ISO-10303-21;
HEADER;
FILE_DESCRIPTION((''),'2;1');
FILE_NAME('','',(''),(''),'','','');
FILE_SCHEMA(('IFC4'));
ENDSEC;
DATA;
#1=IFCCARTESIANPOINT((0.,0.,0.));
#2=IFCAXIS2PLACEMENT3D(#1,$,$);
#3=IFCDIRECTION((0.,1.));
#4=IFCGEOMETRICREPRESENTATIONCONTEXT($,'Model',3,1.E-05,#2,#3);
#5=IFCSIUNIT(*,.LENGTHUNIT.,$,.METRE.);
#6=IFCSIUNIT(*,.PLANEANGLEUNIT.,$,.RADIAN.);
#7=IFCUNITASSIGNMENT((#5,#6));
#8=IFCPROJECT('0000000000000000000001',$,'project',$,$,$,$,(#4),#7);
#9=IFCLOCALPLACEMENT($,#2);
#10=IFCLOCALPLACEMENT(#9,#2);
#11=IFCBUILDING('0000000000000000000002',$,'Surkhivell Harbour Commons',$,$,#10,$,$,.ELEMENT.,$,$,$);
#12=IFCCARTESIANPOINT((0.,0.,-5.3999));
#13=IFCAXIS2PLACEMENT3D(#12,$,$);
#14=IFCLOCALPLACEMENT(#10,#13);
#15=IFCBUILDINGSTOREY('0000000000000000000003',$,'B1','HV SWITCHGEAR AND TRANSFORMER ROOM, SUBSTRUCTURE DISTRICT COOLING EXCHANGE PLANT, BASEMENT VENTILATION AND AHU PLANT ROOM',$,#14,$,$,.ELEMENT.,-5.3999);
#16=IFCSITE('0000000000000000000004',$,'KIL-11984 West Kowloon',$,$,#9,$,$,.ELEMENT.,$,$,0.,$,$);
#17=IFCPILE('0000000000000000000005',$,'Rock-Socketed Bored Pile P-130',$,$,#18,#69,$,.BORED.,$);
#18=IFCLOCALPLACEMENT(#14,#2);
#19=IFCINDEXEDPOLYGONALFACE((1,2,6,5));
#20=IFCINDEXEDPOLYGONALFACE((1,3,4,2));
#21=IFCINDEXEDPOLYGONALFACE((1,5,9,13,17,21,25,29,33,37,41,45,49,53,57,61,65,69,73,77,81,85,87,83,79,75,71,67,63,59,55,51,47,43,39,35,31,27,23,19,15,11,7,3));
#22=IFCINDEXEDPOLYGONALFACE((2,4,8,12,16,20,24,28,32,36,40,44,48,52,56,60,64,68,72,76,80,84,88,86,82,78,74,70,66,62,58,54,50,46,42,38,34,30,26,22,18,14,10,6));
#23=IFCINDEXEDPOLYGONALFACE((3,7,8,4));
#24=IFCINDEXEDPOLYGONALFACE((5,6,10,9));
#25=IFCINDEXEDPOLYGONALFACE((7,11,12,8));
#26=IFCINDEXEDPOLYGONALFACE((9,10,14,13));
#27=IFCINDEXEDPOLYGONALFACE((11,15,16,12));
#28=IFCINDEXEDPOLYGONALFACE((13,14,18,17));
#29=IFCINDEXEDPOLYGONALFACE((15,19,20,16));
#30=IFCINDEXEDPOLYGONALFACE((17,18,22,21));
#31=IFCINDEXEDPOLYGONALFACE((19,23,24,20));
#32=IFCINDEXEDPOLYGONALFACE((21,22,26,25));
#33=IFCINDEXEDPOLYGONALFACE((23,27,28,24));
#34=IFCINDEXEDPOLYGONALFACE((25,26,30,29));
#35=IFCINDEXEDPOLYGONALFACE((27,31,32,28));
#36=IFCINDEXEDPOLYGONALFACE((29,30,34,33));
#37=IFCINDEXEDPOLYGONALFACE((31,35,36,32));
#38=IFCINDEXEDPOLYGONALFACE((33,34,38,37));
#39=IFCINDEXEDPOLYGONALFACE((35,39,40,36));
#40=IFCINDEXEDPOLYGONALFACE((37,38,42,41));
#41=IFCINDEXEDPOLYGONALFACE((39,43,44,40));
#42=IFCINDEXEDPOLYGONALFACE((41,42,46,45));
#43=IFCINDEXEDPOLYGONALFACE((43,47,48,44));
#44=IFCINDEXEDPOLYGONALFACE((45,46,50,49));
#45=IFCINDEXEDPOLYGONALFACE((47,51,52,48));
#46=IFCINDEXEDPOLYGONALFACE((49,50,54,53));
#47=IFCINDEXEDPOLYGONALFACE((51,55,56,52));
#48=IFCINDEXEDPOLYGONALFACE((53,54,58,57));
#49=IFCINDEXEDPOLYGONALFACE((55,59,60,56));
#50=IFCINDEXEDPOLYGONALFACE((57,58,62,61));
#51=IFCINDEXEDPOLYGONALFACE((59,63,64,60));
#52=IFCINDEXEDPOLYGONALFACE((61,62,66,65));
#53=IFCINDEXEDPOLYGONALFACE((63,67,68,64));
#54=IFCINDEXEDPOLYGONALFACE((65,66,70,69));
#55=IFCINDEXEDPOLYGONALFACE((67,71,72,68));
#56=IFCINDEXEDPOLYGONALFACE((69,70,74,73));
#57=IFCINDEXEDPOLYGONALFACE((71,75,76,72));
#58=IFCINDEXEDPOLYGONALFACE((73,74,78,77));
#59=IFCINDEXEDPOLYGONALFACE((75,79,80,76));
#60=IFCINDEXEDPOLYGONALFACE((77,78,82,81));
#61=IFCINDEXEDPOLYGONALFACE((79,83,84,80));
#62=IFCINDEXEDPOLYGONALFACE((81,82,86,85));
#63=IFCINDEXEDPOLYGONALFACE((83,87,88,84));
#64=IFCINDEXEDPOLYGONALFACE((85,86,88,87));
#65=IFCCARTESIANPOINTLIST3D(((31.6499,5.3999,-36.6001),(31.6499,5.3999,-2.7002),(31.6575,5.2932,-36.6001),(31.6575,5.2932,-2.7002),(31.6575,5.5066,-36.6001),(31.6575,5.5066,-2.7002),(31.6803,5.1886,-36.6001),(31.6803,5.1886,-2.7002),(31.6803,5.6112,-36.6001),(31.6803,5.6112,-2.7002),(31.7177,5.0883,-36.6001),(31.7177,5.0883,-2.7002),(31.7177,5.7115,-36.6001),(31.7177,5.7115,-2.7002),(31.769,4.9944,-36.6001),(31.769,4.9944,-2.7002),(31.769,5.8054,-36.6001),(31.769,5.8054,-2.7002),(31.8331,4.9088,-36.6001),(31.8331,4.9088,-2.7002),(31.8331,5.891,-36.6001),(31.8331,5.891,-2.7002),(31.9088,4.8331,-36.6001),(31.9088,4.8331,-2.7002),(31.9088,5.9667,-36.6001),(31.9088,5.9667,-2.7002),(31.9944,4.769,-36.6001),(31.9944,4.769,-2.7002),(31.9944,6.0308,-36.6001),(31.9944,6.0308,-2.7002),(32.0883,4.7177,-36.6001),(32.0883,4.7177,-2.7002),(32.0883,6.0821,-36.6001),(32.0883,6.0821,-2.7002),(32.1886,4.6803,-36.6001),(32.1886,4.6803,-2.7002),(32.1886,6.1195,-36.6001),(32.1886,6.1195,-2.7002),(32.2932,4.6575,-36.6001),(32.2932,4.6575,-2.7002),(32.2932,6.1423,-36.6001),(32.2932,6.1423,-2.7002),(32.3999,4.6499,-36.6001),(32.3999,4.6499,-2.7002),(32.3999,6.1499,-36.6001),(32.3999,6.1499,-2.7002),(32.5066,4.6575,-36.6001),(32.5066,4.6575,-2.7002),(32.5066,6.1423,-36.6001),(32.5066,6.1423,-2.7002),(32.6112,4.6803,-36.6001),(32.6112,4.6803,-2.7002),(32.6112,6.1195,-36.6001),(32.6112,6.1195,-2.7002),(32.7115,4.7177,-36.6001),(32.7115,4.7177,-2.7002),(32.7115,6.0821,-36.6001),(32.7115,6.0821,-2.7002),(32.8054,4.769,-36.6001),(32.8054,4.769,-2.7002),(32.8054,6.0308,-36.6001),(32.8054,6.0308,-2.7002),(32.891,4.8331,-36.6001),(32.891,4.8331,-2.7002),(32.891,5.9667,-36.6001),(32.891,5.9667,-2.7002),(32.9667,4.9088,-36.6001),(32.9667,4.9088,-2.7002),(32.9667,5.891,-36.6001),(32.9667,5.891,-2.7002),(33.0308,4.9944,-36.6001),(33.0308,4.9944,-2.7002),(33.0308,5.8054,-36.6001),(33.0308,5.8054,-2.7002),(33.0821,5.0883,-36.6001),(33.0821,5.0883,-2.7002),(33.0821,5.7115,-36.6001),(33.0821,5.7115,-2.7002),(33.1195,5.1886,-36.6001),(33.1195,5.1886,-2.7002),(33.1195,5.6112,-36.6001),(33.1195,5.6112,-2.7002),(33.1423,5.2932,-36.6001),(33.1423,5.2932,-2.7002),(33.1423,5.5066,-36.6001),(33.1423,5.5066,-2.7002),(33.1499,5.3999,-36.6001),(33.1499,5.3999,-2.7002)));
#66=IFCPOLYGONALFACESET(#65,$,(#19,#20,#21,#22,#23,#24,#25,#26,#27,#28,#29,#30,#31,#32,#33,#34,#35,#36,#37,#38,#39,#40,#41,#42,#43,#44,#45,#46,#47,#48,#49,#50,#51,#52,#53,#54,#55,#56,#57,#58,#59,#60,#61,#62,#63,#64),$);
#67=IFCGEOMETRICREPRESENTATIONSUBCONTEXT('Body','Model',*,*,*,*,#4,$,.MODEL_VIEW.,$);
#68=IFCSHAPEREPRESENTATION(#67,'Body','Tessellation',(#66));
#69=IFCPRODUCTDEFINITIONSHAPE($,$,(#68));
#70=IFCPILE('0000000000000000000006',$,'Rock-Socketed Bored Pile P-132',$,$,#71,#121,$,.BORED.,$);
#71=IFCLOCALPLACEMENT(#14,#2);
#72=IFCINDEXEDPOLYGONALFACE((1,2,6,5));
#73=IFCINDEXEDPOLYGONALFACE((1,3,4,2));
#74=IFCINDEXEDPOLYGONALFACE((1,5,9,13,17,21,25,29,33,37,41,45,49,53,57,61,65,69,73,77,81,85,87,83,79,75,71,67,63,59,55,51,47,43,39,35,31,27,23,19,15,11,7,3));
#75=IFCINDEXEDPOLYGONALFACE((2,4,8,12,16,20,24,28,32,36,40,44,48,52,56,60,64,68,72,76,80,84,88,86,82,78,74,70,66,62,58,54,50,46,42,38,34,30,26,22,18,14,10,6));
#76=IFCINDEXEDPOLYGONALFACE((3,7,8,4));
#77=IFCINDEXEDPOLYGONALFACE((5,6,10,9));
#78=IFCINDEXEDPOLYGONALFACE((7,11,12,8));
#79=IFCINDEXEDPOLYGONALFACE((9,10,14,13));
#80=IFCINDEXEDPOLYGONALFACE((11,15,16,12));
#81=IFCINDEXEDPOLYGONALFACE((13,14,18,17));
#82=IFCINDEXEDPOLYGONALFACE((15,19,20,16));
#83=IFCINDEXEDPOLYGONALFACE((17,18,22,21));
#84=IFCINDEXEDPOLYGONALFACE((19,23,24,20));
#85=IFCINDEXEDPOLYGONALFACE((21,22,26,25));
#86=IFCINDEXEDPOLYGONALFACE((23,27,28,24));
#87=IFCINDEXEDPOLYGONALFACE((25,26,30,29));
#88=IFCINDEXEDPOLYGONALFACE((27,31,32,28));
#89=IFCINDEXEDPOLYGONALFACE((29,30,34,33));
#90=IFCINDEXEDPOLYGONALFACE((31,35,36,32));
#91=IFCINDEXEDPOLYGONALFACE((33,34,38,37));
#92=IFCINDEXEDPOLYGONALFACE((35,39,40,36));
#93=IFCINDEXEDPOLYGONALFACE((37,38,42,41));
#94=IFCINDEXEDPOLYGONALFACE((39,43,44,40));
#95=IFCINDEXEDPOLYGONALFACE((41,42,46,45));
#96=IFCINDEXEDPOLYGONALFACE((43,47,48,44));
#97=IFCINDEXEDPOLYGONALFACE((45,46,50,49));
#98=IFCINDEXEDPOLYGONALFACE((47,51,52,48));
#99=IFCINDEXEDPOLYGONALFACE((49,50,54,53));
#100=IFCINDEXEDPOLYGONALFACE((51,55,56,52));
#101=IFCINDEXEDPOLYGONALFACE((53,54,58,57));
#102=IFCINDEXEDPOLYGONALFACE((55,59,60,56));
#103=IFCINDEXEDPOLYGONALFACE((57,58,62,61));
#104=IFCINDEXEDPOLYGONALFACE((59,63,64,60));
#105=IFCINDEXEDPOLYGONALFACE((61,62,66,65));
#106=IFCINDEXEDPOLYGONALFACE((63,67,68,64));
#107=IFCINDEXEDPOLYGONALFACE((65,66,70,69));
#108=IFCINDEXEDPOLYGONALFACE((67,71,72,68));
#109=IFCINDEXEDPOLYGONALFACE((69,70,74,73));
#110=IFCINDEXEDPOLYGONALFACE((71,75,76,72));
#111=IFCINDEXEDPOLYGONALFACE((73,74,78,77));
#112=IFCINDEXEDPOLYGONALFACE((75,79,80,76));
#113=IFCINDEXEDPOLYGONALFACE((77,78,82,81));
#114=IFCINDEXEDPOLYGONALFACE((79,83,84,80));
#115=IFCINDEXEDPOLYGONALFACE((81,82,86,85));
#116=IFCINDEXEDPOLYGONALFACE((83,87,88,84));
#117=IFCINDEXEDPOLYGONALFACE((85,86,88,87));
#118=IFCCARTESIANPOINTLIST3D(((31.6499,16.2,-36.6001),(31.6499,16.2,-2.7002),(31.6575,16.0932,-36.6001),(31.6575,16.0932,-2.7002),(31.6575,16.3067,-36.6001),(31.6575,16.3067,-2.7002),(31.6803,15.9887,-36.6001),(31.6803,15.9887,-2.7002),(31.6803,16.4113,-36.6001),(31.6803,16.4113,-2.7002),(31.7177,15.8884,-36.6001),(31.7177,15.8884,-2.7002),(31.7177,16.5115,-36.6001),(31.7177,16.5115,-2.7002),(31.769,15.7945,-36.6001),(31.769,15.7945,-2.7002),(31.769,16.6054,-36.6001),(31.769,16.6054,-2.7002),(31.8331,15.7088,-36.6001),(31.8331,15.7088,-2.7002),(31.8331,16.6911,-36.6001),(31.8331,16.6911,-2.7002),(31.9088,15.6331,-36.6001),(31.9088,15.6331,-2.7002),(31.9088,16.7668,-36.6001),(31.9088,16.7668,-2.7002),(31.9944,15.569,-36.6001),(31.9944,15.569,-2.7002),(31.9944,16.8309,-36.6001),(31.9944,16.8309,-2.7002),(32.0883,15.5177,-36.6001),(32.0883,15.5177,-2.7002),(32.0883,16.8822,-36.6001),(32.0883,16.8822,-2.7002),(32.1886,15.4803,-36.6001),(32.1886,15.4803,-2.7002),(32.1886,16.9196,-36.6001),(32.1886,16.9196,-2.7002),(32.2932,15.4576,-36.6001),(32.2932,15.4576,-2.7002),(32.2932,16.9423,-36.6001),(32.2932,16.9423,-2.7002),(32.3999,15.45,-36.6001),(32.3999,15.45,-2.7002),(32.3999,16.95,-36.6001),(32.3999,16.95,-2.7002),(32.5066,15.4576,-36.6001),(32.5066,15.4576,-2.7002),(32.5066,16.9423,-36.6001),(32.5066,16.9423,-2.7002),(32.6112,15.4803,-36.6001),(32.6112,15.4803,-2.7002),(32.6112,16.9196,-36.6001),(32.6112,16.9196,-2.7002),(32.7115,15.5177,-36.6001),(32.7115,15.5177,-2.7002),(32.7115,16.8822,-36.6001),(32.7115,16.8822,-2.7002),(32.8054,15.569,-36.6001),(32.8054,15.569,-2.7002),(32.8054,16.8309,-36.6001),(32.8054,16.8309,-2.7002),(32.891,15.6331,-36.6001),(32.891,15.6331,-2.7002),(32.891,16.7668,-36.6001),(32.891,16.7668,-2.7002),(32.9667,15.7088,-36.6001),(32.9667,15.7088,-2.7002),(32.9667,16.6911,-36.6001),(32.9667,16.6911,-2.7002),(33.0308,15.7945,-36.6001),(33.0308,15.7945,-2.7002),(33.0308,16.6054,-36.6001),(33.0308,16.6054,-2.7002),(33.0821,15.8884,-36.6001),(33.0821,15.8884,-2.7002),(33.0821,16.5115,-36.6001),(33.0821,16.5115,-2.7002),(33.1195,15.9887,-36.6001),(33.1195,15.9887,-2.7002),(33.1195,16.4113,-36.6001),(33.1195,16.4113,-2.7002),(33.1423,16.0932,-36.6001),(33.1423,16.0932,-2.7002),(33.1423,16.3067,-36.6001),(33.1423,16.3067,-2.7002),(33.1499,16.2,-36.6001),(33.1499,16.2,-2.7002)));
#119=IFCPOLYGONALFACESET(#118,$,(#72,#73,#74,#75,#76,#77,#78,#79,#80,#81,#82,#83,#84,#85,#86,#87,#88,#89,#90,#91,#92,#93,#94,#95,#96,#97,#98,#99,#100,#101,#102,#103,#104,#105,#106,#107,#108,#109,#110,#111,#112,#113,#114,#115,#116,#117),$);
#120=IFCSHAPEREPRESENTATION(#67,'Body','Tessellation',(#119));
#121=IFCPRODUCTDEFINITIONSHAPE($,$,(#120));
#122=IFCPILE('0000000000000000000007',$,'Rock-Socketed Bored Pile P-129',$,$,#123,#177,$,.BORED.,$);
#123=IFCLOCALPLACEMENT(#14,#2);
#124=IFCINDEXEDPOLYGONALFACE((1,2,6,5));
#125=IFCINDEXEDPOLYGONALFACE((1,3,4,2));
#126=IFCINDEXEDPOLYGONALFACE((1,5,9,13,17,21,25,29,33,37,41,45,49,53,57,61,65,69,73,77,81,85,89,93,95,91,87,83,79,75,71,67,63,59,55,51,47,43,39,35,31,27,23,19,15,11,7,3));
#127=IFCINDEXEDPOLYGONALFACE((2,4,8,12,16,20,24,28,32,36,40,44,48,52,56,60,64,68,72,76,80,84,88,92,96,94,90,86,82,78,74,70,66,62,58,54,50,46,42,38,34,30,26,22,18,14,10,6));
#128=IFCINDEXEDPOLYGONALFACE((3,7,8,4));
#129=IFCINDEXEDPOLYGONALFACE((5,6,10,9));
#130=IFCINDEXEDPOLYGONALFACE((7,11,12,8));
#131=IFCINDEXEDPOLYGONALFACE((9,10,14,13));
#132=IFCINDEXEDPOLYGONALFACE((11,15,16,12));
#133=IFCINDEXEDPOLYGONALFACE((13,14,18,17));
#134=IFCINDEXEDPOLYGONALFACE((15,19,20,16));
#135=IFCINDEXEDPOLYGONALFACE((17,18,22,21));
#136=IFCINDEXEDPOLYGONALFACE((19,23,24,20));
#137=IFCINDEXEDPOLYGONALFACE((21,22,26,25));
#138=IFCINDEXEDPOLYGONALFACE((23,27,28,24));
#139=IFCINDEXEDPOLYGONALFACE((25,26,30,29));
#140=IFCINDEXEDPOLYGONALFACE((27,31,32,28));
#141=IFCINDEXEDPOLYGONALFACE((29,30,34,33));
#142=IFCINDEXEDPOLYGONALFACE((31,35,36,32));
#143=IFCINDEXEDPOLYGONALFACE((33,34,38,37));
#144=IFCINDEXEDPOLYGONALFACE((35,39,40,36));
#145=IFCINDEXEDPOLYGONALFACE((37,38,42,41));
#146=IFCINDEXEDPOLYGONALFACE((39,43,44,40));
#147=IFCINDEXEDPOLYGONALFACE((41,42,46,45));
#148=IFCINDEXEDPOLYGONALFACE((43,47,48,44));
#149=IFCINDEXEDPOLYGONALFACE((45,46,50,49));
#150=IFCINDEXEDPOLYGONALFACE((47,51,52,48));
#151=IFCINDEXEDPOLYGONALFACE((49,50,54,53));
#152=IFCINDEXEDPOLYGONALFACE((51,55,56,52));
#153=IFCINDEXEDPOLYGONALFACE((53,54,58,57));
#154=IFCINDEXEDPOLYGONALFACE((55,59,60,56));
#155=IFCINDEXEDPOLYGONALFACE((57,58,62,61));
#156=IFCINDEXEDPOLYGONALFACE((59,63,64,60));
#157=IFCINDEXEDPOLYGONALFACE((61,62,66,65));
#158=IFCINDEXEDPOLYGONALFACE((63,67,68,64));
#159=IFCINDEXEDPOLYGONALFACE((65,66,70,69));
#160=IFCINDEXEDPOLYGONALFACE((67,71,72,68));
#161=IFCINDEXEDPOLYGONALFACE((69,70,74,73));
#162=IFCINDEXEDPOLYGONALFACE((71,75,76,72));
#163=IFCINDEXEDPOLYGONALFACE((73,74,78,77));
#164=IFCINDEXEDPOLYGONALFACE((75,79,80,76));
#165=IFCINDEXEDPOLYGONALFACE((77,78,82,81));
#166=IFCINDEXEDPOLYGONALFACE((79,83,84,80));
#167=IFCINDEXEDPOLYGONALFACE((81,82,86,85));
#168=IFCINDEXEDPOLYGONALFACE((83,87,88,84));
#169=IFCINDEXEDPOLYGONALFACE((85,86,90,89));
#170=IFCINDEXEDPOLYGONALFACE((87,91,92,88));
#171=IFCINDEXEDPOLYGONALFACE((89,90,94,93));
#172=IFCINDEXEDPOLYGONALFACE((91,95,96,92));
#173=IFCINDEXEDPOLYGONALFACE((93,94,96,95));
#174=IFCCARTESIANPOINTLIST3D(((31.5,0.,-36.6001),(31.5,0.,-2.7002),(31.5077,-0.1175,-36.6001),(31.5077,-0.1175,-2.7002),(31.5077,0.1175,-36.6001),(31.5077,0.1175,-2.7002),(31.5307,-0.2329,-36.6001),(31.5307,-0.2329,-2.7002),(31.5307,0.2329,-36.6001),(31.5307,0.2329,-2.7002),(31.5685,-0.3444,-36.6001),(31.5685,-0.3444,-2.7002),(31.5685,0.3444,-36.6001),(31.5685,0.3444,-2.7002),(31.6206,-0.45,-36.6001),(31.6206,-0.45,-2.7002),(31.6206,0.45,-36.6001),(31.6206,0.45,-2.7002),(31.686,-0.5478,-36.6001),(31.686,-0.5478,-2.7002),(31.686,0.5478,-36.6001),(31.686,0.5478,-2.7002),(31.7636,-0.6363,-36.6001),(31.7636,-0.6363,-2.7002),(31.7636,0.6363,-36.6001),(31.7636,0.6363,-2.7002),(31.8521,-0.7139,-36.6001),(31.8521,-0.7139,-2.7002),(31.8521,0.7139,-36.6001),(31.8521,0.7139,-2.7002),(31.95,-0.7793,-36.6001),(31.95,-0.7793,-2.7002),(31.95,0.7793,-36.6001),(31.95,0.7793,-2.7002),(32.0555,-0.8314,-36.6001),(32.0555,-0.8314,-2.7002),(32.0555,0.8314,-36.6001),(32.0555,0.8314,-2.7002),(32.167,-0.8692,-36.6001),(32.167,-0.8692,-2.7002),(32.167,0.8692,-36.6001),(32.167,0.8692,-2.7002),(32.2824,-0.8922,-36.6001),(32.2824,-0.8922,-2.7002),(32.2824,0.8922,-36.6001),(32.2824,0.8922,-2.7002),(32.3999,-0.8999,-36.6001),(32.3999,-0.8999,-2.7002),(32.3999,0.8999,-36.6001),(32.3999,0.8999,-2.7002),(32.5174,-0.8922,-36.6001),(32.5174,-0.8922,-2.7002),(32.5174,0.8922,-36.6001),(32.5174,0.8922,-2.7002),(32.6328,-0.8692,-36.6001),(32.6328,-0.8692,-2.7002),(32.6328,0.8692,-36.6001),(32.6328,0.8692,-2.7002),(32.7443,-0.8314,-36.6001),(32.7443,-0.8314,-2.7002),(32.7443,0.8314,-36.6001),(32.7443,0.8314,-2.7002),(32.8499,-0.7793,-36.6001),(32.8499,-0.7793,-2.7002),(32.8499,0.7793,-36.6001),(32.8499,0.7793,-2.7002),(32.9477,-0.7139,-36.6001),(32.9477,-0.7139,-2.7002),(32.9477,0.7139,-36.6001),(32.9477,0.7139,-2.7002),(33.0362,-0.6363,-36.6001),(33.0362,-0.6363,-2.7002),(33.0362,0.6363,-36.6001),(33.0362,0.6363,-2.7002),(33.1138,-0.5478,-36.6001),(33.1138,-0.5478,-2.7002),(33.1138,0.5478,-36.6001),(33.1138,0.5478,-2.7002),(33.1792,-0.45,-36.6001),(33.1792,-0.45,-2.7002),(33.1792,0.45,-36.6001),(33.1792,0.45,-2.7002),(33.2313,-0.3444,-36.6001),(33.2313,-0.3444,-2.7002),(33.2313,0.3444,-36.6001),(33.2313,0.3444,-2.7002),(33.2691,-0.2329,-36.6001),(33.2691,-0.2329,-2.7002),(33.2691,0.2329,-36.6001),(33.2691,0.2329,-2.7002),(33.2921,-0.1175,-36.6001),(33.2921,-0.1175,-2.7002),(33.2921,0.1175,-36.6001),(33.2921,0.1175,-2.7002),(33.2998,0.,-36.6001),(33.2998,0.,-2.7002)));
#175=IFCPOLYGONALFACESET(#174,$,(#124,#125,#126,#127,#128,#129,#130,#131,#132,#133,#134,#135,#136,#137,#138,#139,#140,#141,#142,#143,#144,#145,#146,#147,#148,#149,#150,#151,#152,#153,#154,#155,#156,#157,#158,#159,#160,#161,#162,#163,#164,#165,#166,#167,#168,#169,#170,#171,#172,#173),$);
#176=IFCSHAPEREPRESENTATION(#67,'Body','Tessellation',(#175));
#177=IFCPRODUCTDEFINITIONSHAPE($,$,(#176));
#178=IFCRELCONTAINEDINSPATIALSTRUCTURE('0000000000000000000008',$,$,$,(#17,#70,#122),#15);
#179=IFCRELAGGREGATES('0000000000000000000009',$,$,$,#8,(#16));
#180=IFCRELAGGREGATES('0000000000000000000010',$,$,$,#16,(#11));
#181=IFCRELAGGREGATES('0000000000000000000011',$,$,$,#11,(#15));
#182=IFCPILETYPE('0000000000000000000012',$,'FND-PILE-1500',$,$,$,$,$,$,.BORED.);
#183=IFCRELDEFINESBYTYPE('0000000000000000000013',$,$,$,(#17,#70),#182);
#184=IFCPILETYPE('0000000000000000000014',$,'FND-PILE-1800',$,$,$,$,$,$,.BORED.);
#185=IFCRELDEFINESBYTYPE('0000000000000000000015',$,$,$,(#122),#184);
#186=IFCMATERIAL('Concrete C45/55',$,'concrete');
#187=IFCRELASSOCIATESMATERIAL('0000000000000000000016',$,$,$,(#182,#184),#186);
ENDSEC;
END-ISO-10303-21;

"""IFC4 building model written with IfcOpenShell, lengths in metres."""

from ifc_helpers import new_model, si_unit, direction, frame, origin, origin_2d, place, context, subcontext, project, spatial, circle, extrude, material, material_profile, profile_set, type_object, element, save


model = new_model("IFC4")

# Units and contexts
model_context = context("Model", 3, precision=1e-05, world=origin(), true_north=direction((0.0, 1.0)))
body_context = subcontext(model_context, "Body", "Model", "MODEL_VIEW")
ifc_project = project(units=[si_unit("LENGTHUNIT", "METRE"), si_unit("PLANEANGLEUNIT", "RADIAN")], contexts=[model_context])

# Site, building, storey
site_placement = place(None, origin())
site = spatial("IfcSite", under=ifc_project, at=site_placement, Name="KIL-11984 West Kowloon", CompositionType="ELEMENT", RefElevation=0.0)
building_placement = place(site_placement, origin())
building = spatial("IfcBuilding", under=site, at=building_placement, Name="Surkhivell Harbour Commons", CompositionType="ELEMENT")
storey_placement = place(building_placement, frame((0.0, 0.0, -5.3999)))
storey = spatial("IfcBuildingStorey", under=building, at=storey_placement, Name="B1", Description="HV SWITCHGEAR AND TRANSFORMER ROOM, SUBSTRUCTURE DISTRICT COOLING EXCHANGE PLANT, BASEMENT VENTILATION AND AHU PLANT ROOM", CompositionType="ELEMENT", Elevation=-5.3999)

# Piles
ifc_material_1 = material(Name="Concrete C45/55", Category="concrete")
ifc_material_profile_1 = material_profile(ifc_material_1, circle(Radius=0.75, at=origin_2d()), Name="PILE-1500")
ifc_profile_set_1 = profile_set([ifc_material_profile_1], Name="Concrete C45/55")
pile_type_1 = type_object("IfcPileType", Name="FND-PILE-1500", PredefinedType="BORED", material=ifc_profile_set_1)
for number, where, z_axis, x_axis, name in (
    (1, (32.3999, 5.3999, -2.7002), (0.0, 0.0, -1.0), (1.0, 0.0, 0.0), "Rock-Socketed Bored Pile P-130"),
    (2, (32.3999, 16.2, -2.7002), (0.0, 0.0, -1.0), (1.0, 0.0, 0.0), "Rock-Socketed Bored Pile P-132"),
):
    element("IfcPile", number, at=place(storey_placement, frame(where, z_axis=z_axis, x_axis=x_axis)), inside=storey, type_object=pile_type_1, Name=name, PredefinedType="BORED", context=body_context, shape_type="SweptSolid", body=[
        extrude(circle(Radius=0.75, at=origin_2d()), origin(), (0.0, 0.0, 1.0), 33.8999),
    ])
ifc_material_profile_2 = material_profile(ifc_material_1, circle(Radius=0.8999, at=origin_2d()), Name="PILE-1800")
ifc_profile_set_2 = profile_set([ifc_material_profile_2], Name="Concrete C45/55")
pile_type_2 = type_object("IfcPileType", Name="FND-PILE-1800", PredefinedType="BORED", material=ifc_profile_set_2)
for number, where, z_axis, x_axis, name in (
    (3, (32.3999, 0.0, -2.7002), (0.0, 0.0, -1.0), (1.0, 0.0, 0.0), "Rock-Socketed Bored Pile P-129"),
):
    element("IfcPile", number, at=place(storey_placement, frame(where, z_axis=z_axis, x_axis=x_axis)), inside=storey, type_object=pile_type_2, Name=name, PredefinedType="BORED", context=body_context, shape_type="SweptSolid", body=[
        extrude(circle(Radius=0.8999, at=origin_2d()), origin(), (0.0, 0.0, 1.0), 33.8999),
    ])

save(model, "model.ifc")
